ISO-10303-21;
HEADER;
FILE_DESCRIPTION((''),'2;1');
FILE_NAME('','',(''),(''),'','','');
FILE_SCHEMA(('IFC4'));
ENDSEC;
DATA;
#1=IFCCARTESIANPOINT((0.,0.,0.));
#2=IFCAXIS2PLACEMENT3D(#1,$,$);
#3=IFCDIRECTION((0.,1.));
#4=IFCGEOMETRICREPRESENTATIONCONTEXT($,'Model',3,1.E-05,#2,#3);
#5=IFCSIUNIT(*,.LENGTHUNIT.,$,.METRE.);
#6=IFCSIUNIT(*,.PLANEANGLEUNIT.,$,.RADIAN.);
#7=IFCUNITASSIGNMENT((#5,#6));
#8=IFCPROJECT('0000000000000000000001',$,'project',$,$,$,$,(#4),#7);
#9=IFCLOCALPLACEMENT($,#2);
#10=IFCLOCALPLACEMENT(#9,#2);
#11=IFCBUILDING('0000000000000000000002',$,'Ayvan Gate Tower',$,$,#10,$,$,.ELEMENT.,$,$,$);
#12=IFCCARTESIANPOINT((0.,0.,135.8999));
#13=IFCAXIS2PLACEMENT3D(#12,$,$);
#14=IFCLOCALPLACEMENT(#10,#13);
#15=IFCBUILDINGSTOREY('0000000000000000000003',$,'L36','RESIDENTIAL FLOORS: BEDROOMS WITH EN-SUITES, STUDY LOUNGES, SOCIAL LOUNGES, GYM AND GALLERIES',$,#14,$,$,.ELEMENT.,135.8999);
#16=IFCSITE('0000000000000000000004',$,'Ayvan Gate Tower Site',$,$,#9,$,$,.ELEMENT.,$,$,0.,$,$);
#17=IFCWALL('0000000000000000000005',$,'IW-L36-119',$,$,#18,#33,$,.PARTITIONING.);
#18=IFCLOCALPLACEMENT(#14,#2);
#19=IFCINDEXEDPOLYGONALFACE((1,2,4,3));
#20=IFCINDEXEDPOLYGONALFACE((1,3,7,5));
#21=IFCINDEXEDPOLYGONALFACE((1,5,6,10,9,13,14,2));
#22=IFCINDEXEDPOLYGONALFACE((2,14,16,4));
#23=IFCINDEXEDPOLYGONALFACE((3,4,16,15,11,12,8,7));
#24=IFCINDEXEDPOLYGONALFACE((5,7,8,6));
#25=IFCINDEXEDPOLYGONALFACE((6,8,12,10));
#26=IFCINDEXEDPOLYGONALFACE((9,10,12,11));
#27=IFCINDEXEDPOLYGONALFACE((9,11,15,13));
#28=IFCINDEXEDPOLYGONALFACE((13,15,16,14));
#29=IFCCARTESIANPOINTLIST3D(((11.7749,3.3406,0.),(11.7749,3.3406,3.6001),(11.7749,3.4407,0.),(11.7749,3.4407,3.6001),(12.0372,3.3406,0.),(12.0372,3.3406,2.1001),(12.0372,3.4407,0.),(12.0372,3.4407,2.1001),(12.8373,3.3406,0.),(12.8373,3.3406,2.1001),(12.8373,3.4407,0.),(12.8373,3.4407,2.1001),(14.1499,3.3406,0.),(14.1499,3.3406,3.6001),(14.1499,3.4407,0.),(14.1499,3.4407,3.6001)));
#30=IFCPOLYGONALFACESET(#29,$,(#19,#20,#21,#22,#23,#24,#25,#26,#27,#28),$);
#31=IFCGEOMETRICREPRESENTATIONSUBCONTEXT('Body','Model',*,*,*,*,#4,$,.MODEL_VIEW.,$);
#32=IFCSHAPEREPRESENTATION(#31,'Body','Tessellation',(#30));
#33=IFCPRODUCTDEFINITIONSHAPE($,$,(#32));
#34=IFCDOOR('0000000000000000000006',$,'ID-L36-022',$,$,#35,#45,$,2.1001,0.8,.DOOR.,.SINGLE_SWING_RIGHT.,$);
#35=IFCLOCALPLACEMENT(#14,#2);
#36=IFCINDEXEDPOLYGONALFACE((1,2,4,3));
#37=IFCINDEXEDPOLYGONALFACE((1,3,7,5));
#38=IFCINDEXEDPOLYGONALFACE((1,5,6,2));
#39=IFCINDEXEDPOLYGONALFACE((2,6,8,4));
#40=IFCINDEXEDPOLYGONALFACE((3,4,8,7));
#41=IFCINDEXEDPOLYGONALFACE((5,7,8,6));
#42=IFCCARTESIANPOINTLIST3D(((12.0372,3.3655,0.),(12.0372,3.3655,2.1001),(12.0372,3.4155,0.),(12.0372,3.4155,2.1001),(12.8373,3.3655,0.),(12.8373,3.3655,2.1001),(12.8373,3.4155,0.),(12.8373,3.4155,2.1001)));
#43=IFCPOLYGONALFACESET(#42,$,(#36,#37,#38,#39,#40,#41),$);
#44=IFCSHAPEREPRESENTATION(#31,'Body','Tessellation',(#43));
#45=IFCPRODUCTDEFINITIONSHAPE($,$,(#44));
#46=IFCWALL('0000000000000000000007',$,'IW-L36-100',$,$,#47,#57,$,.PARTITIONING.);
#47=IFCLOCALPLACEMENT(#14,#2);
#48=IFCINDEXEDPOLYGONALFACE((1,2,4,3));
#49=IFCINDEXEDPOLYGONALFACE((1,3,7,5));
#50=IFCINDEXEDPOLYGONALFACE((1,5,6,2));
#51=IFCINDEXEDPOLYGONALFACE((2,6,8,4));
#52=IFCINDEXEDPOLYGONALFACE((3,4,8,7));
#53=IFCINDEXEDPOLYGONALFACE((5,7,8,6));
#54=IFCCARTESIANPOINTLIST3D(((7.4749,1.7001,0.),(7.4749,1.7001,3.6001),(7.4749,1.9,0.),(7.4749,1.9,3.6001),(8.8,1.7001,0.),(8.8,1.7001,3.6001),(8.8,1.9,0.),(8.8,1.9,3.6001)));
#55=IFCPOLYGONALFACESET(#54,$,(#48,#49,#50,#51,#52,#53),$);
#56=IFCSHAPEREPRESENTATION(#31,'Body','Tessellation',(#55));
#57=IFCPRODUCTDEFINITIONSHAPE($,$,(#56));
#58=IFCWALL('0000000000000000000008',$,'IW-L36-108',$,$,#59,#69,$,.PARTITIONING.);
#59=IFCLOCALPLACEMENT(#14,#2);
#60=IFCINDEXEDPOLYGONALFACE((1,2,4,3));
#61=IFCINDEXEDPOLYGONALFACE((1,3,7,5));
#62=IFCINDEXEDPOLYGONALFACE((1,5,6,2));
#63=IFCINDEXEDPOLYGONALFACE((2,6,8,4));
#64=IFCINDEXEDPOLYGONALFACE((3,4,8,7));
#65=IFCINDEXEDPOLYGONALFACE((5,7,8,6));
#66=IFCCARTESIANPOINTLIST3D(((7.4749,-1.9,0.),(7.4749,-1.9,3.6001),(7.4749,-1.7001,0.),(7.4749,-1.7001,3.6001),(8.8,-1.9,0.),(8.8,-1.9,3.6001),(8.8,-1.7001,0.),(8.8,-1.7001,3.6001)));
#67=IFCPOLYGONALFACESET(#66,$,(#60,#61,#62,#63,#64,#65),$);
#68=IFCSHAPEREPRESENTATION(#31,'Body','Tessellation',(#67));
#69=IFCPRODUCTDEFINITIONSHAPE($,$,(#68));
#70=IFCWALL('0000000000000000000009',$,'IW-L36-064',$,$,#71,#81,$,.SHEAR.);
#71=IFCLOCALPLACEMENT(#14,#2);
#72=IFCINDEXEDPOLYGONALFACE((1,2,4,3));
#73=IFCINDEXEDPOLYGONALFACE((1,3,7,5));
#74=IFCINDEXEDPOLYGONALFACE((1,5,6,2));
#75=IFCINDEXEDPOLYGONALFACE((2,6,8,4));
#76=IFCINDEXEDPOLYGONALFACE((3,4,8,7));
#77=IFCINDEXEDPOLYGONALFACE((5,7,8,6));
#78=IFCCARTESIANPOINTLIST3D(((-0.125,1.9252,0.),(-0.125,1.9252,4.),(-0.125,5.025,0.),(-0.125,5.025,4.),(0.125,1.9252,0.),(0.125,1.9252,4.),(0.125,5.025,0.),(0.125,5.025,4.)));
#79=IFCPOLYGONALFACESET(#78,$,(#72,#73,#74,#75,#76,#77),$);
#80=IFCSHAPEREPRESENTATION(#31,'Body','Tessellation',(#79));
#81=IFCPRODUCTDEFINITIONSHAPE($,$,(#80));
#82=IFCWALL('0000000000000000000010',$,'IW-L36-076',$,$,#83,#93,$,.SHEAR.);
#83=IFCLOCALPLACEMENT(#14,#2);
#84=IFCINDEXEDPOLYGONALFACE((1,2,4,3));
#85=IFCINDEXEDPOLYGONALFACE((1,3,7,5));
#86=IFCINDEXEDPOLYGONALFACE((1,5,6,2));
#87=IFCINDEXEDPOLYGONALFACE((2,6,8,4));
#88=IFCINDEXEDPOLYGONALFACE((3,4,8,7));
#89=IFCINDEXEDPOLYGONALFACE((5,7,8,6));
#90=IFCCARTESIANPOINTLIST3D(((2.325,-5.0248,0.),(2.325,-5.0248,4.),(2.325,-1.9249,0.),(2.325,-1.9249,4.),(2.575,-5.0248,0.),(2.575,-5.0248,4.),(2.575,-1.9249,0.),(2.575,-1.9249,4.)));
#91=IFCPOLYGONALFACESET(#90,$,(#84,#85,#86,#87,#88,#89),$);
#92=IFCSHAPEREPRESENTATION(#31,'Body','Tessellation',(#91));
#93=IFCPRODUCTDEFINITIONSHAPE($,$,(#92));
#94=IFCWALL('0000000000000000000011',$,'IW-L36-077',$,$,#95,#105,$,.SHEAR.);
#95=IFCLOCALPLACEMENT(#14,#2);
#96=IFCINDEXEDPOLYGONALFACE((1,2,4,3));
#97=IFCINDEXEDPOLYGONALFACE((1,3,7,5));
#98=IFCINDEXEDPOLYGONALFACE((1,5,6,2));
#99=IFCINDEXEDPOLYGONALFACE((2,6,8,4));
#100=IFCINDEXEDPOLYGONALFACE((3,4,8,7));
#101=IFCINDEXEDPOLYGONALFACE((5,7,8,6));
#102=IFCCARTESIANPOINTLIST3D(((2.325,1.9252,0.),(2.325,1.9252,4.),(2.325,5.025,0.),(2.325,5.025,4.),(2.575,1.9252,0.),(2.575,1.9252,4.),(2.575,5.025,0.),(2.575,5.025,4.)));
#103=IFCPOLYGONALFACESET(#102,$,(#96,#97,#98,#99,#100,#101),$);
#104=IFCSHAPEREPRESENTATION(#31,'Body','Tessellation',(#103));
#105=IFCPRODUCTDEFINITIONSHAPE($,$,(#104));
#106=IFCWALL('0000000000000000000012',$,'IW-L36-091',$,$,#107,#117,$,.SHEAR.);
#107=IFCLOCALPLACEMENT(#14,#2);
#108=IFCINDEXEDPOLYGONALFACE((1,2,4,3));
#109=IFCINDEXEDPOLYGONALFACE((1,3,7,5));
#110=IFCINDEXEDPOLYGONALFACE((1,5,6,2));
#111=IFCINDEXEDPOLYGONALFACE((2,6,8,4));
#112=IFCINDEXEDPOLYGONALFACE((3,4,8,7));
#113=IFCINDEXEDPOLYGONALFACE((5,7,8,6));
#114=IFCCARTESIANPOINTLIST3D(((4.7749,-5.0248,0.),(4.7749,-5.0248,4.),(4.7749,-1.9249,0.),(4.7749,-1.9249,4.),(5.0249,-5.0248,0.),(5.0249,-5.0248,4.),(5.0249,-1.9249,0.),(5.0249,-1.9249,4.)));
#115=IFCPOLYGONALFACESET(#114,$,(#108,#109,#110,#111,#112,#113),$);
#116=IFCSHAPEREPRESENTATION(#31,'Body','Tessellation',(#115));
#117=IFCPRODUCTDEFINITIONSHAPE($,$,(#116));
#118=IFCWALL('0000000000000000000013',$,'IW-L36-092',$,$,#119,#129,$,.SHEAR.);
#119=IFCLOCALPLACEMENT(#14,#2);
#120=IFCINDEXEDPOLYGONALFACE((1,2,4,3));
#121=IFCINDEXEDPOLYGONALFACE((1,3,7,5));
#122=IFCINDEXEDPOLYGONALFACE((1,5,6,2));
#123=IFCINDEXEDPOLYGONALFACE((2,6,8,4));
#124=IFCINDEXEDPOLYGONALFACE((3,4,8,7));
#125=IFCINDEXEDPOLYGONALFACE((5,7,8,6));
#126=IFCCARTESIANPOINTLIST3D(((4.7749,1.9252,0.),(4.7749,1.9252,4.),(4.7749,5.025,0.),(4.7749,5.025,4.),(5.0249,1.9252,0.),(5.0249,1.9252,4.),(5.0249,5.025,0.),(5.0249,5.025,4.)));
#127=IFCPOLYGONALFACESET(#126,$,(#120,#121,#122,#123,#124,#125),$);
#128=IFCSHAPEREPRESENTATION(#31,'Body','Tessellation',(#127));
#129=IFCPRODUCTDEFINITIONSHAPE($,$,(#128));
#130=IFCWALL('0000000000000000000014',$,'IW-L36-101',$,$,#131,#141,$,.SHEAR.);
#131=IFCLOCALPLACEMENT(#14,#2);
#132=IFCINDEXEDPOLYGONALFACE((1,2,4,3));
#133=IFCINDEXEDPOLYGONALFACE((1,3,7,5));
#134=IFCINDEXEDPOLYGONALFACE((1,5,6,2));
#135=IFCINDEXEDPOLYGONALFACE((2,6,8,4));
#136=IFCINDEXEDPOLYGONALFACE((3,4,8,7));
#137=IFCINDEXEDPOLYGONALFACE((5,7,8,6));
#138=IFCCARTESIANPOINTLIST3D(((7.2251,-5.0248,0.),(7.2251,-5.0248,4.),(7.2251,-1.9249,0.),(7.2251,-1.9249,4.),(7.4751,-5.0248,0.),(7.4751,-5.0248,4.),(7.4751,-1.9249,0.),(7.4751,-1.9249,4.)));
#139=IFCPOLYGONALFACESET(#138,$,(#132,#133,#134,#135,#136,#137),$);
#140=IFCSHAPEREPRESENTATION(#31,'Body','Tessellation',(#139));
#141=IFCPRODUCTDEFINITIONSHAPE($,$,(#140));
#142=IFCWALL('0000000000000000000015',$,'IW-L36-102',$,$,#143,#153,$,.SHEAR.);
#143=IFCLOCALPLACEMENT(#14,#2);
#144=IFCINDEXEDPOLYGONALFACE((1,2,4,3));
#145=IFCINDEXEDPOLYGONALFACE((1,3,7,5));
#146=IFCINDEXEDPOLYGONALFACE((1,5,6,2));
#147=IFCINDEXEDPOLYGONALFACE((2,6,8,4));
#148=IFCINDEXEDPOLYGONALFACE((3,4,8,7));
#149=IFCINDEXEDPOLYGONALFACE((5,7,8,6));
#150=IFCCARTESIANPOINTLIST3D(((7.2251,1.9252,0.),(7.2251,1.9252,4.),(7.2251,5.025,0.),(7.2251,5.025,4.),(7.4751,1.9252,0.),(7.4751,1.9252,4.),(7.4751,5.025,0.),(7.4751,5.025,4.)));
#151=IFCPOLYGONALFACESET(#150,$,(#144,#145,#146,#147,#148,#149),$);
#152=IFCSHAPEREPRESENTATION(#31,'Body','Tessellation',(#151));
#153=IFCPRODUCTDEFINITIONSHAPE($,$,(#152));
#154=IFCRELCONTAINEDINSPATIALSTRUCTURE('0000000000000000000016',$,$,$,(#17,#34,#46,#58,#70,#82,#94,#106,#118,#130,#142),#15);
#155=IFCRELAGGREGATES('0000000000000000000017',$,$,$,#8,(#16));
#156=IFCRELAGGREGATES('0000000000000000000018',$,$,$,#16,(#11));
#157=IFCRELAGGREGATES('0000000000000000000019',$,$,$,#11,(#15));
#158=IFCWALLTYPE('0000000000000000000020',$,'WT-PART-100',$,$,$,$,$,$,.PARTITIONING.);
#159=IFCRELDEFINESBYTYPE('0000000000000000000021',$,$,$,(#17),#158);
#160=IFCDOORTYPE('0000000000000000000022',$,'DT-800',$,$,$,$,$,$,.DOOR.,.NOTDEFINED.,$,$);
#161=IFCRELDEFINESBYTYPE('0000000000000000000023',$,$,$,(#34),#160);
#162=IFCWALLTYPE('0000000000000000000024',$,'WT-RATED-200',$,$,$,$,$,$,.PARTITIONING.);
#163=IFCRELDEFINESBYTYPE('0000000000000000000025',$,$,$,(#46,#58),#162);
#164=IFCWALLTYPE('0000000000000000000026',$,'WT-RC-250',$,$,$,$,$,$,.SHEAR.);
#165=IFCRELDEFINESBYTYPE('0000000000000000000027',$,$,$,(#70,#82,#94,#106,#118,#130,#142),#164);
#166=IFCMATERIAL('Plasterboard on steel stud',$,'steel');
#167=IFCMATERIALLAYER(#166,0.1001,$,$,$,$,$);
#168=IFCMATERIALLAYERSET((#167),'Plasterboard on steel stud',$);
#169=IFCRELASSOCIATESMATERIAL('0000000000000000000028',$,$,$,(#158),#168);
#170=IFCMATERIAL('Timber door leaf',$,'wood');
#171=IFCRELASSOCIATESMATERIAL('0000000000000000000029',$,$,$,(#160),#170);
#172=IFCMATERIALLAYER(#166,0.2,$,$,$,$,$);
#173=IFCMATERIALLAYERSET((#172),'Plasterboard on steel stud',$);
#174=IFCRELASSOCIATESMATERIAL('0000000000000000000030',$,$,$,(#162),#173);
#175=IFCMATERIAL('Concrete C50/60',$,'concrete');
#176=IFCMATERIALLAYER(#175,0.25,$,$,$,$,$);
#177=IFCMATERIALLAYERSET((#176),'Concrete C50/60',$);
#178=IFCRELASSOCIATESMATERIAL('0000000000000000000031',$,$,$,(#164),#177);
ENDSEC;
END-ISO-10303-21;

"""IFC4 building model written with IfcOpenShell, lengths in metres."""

from ifc_helpers import new_model, si_unit, direction, frame, frame_2d, origin, place, context, subcontext, project, spatial, rectangle, extrude, material, layer, layer_set, type_object, element, fill, save


model = new_model("IFC4")

# Units and contexts
model_context = context("Model", 3, precision=1e-05, world=origin(), true_north=direction((0.0, 1.0)))
body_context = subcontext(model_context, "Body", "Model", "MODEL_VIEW")
ifc_project = project(units=[si_unit("LENGTHUNIT", "METRE"), si_unit("PLANEANGLEUNIT", "RADIAN")], contexts=[model_context])

# Site, building, storey
site_placement = place(None, origin())
site = spatial("IfcSite", under=ifc_project, at=site_placement, Name="Ayvan Gate Tower Site", CompositionType="ELEMENT", RefElevation=0.0)
building_placement = place(site_placement, origin())
building = spatial("IfcBuilding", under=site, at=building_placement, Name="Ayvan Gate Tower", CompositionType="ELEMENT")
storey_placement = place(building_placement, frame((0.0, 0.0, 135.8999)))
storey = spatial("IfcBuildingStorey", under=building, at=storey_placement, Name="L36", Description="RESIDENTIAL FLOORS: BEDROOMS WITH EN-SUITES, STUDY LOUNGES, SOCIAL LOUNGES, GYM AND GALLERIES", CompositionType="ELEMENT", Elevation=135.8999)

# Shared definitions
ifc_material_1 = material(Name="Timber door leaf", Category="wood")

# Shared definitions
ifc_material_2 = material(Name="Plasterboard on steel stud", Category="steel")

# Shared definitions
ifc_layer_1 = layer(ifc_material_2, 0.1001)
ifc_layer_set_1 = layer_set([ifc_layer_1], Name="Plasterboard on steel stud")
wall_type_1 = type_object("IfcWallType", Name="WT-PART-100", PredefinedType="PARTITIONING", material=ifc_layer_set_1)

# Wall, opening, door
wall_1_placement = place(storey_placement, frame((11.7749, 3.3906, 0.0), z_axis=(0.0, 0.0, 1.0), x_axis=(1.0, 0.0, 0.0)))
wall_1 = element("IfcWall", 1, at=wall_1_placement, inside=storey, type_object=wall_type_1, Name="IW-L36-119", PredefinedType="PARTITIONING", context=body_context, shape_type="SweptSolid", body=[
    extrude(rectangle(XDim=2.375, YDim=0.1001, at=frame_2d((1.1875, 0.0))), origin(), (0.0, 0.0, 1.0), 3.6001),
])
opening_1_placement = place(wall_1_placement, frame((0.2625, 0.0, 0.0)))
opening_1 = element("IfcOpeningElement", 2, at=opening_1_placement, cuts=wall_1, PredefinedType="OPENING", context=body_context, shape_type="SweptSolid", body=[
    extrude(rectangle(XDim=0.8, YDim=2.1001, at=frame_2d((0.3999, 1.05))), frame((0.0, 0.0601, 0.0), z_axis=(0.0, -1.0, 0.0), x_axis=(1.0, 0.0, 0.0)), (0.0, 0.0, 1.0), 0.1201),
])
door_type_1 = type_object("IfcDoorType", Name="DT-800", OperationType="NOTDEFINED", PredefinedType="DOOR", material=ifc_material_1)
door_1_placement = place(opening_1_placement, origin())
door_1 = element("IfcDoor", 3, at=door_1_placement, inside=storey, type_object=door_type_1, Name="ID-L36-022", OperationType="SINGLE_SWING_RIGHT", OverallHeight=2.1001, OverallWidth=0.8, PredefinedType="DOOR", context=body_context, shape_type="SweptSolid", body=[
    extrude(rectangle(XDim=0.8, YDim=2.1001, at=frame_2d((0.3999, 1.05))), frame((0.0, 0.0249, 0.0), z_axis=(0.0, -1.0, 0.0), x_axis=(1.0, 0.0, 0.0)), (0.0, 0.0, 1.0), 0.05),
])
fill(opening_1, door_1)

# Walls
ifc_layer_2 = layer(ifc_material_2, 0.2)
ifc_layer_set_2 = layer_set([ifc_layer_2], Name="Plasterboard on steel stud")
wall_type_2 = type_object("IfcWallType", Name="WT-RATED-200", PredefinedType="PARTITIONING", material=ifc_layer_set_2)
for number, where, z_axis, x_axis, name in (
    (4, (7.4749, 1.8, 0.0), (0.0, 0.0, 1.0), (1.0, 0.0, 0.0), "IW-L36-100"),
    (5, (8.8, -1.8, 0.0), (0.0, 0.0, 1.0), (-1.0, 0.0, 0.0), "IW-L36-108"),
):
    element("IfcWall", number, at=place(storey_placement, frame(where, z_axis=z_axis, x_axis=x_axis)), inside=storey, type_object=wall_type_2, Name=name, PredefinedType="PARTITIONING", context=body_context, shape_type="SweptSolid", body=[
        extrude(rectangle(XDim=1.3252, YDim=0.2, at=frame_2d((0.6626, 0.0))), origin(), (0.0, 0.0, 1.0), 3.6001),
    ])
ifc_material_3 = material(Name="Concrete C50/60", Category="concrete")
ifc_layer_3 = layer(ifc_material_3, 0.25)
ifc_layer_set_3 = layer_set([ifc_layer_3], Name="Concrete C50/60")
wall_type_3 = type_object("IfcWallType", Name="WT-RC-250", PredefinedType="SHEAR", material=ifc_layer_set_3)
for number, where, z_axis, x_axis, name in (
    (6, (0.0, 5.0249, 0.0), (0.0, 0.0, 1.0), (0.0, -1.0, 0.0), "IW-L36-064"),
    (7, (2.45, -1.925, 0.0), (0.0, 0.0, 1.0), (0.0, -1.0, 0.0), "IW-L36-076"),
    (8, (2.45, 5.0249, 0.0), (0.0, 0.0, 1.0), (0.0, -1.0, 0.0), "IW-L36-077"),
    (9, (4.8999, -1.925, 0.0), (0.0, 0.0, 1.0), (0.0, -1.0, 0.0), "IW-L36-091"),
    (10, (4.8999, 5.0249, 0.0), (0.0, 0.0, 1.0), (0.0, -1.0, 0.0), "IW-L36-092"),
    (11, (7.3501, -1.925, 0.0), (0.0, 0.0, 1.0), (0.0, -1.0, 0.0), "IW-L36-101"),
    (12, (7.3501, 5.0249, 0.0), (0.0, 0.0, 1.0), (0.0, -1.0, 0.0), "IW-L36-102"),
):
    element("IfcWall", number, at=place(storey_placement, frame(where, z_axis=z_axis, x_axis=x_axis)), inside=storey, type_object=wall_type_3, Name=name, PredefinedType="SHEAR", context=body_context, shape_type="SweptSolid", body=[
        extrude(rectangle(XDim=3.0999, YDim=0.25, at=frame_2d((1.5498, 0.0))), origin(), (0.0, 0.0, 1.0), 4.0),
    ])

save(model, "model.ifc")
